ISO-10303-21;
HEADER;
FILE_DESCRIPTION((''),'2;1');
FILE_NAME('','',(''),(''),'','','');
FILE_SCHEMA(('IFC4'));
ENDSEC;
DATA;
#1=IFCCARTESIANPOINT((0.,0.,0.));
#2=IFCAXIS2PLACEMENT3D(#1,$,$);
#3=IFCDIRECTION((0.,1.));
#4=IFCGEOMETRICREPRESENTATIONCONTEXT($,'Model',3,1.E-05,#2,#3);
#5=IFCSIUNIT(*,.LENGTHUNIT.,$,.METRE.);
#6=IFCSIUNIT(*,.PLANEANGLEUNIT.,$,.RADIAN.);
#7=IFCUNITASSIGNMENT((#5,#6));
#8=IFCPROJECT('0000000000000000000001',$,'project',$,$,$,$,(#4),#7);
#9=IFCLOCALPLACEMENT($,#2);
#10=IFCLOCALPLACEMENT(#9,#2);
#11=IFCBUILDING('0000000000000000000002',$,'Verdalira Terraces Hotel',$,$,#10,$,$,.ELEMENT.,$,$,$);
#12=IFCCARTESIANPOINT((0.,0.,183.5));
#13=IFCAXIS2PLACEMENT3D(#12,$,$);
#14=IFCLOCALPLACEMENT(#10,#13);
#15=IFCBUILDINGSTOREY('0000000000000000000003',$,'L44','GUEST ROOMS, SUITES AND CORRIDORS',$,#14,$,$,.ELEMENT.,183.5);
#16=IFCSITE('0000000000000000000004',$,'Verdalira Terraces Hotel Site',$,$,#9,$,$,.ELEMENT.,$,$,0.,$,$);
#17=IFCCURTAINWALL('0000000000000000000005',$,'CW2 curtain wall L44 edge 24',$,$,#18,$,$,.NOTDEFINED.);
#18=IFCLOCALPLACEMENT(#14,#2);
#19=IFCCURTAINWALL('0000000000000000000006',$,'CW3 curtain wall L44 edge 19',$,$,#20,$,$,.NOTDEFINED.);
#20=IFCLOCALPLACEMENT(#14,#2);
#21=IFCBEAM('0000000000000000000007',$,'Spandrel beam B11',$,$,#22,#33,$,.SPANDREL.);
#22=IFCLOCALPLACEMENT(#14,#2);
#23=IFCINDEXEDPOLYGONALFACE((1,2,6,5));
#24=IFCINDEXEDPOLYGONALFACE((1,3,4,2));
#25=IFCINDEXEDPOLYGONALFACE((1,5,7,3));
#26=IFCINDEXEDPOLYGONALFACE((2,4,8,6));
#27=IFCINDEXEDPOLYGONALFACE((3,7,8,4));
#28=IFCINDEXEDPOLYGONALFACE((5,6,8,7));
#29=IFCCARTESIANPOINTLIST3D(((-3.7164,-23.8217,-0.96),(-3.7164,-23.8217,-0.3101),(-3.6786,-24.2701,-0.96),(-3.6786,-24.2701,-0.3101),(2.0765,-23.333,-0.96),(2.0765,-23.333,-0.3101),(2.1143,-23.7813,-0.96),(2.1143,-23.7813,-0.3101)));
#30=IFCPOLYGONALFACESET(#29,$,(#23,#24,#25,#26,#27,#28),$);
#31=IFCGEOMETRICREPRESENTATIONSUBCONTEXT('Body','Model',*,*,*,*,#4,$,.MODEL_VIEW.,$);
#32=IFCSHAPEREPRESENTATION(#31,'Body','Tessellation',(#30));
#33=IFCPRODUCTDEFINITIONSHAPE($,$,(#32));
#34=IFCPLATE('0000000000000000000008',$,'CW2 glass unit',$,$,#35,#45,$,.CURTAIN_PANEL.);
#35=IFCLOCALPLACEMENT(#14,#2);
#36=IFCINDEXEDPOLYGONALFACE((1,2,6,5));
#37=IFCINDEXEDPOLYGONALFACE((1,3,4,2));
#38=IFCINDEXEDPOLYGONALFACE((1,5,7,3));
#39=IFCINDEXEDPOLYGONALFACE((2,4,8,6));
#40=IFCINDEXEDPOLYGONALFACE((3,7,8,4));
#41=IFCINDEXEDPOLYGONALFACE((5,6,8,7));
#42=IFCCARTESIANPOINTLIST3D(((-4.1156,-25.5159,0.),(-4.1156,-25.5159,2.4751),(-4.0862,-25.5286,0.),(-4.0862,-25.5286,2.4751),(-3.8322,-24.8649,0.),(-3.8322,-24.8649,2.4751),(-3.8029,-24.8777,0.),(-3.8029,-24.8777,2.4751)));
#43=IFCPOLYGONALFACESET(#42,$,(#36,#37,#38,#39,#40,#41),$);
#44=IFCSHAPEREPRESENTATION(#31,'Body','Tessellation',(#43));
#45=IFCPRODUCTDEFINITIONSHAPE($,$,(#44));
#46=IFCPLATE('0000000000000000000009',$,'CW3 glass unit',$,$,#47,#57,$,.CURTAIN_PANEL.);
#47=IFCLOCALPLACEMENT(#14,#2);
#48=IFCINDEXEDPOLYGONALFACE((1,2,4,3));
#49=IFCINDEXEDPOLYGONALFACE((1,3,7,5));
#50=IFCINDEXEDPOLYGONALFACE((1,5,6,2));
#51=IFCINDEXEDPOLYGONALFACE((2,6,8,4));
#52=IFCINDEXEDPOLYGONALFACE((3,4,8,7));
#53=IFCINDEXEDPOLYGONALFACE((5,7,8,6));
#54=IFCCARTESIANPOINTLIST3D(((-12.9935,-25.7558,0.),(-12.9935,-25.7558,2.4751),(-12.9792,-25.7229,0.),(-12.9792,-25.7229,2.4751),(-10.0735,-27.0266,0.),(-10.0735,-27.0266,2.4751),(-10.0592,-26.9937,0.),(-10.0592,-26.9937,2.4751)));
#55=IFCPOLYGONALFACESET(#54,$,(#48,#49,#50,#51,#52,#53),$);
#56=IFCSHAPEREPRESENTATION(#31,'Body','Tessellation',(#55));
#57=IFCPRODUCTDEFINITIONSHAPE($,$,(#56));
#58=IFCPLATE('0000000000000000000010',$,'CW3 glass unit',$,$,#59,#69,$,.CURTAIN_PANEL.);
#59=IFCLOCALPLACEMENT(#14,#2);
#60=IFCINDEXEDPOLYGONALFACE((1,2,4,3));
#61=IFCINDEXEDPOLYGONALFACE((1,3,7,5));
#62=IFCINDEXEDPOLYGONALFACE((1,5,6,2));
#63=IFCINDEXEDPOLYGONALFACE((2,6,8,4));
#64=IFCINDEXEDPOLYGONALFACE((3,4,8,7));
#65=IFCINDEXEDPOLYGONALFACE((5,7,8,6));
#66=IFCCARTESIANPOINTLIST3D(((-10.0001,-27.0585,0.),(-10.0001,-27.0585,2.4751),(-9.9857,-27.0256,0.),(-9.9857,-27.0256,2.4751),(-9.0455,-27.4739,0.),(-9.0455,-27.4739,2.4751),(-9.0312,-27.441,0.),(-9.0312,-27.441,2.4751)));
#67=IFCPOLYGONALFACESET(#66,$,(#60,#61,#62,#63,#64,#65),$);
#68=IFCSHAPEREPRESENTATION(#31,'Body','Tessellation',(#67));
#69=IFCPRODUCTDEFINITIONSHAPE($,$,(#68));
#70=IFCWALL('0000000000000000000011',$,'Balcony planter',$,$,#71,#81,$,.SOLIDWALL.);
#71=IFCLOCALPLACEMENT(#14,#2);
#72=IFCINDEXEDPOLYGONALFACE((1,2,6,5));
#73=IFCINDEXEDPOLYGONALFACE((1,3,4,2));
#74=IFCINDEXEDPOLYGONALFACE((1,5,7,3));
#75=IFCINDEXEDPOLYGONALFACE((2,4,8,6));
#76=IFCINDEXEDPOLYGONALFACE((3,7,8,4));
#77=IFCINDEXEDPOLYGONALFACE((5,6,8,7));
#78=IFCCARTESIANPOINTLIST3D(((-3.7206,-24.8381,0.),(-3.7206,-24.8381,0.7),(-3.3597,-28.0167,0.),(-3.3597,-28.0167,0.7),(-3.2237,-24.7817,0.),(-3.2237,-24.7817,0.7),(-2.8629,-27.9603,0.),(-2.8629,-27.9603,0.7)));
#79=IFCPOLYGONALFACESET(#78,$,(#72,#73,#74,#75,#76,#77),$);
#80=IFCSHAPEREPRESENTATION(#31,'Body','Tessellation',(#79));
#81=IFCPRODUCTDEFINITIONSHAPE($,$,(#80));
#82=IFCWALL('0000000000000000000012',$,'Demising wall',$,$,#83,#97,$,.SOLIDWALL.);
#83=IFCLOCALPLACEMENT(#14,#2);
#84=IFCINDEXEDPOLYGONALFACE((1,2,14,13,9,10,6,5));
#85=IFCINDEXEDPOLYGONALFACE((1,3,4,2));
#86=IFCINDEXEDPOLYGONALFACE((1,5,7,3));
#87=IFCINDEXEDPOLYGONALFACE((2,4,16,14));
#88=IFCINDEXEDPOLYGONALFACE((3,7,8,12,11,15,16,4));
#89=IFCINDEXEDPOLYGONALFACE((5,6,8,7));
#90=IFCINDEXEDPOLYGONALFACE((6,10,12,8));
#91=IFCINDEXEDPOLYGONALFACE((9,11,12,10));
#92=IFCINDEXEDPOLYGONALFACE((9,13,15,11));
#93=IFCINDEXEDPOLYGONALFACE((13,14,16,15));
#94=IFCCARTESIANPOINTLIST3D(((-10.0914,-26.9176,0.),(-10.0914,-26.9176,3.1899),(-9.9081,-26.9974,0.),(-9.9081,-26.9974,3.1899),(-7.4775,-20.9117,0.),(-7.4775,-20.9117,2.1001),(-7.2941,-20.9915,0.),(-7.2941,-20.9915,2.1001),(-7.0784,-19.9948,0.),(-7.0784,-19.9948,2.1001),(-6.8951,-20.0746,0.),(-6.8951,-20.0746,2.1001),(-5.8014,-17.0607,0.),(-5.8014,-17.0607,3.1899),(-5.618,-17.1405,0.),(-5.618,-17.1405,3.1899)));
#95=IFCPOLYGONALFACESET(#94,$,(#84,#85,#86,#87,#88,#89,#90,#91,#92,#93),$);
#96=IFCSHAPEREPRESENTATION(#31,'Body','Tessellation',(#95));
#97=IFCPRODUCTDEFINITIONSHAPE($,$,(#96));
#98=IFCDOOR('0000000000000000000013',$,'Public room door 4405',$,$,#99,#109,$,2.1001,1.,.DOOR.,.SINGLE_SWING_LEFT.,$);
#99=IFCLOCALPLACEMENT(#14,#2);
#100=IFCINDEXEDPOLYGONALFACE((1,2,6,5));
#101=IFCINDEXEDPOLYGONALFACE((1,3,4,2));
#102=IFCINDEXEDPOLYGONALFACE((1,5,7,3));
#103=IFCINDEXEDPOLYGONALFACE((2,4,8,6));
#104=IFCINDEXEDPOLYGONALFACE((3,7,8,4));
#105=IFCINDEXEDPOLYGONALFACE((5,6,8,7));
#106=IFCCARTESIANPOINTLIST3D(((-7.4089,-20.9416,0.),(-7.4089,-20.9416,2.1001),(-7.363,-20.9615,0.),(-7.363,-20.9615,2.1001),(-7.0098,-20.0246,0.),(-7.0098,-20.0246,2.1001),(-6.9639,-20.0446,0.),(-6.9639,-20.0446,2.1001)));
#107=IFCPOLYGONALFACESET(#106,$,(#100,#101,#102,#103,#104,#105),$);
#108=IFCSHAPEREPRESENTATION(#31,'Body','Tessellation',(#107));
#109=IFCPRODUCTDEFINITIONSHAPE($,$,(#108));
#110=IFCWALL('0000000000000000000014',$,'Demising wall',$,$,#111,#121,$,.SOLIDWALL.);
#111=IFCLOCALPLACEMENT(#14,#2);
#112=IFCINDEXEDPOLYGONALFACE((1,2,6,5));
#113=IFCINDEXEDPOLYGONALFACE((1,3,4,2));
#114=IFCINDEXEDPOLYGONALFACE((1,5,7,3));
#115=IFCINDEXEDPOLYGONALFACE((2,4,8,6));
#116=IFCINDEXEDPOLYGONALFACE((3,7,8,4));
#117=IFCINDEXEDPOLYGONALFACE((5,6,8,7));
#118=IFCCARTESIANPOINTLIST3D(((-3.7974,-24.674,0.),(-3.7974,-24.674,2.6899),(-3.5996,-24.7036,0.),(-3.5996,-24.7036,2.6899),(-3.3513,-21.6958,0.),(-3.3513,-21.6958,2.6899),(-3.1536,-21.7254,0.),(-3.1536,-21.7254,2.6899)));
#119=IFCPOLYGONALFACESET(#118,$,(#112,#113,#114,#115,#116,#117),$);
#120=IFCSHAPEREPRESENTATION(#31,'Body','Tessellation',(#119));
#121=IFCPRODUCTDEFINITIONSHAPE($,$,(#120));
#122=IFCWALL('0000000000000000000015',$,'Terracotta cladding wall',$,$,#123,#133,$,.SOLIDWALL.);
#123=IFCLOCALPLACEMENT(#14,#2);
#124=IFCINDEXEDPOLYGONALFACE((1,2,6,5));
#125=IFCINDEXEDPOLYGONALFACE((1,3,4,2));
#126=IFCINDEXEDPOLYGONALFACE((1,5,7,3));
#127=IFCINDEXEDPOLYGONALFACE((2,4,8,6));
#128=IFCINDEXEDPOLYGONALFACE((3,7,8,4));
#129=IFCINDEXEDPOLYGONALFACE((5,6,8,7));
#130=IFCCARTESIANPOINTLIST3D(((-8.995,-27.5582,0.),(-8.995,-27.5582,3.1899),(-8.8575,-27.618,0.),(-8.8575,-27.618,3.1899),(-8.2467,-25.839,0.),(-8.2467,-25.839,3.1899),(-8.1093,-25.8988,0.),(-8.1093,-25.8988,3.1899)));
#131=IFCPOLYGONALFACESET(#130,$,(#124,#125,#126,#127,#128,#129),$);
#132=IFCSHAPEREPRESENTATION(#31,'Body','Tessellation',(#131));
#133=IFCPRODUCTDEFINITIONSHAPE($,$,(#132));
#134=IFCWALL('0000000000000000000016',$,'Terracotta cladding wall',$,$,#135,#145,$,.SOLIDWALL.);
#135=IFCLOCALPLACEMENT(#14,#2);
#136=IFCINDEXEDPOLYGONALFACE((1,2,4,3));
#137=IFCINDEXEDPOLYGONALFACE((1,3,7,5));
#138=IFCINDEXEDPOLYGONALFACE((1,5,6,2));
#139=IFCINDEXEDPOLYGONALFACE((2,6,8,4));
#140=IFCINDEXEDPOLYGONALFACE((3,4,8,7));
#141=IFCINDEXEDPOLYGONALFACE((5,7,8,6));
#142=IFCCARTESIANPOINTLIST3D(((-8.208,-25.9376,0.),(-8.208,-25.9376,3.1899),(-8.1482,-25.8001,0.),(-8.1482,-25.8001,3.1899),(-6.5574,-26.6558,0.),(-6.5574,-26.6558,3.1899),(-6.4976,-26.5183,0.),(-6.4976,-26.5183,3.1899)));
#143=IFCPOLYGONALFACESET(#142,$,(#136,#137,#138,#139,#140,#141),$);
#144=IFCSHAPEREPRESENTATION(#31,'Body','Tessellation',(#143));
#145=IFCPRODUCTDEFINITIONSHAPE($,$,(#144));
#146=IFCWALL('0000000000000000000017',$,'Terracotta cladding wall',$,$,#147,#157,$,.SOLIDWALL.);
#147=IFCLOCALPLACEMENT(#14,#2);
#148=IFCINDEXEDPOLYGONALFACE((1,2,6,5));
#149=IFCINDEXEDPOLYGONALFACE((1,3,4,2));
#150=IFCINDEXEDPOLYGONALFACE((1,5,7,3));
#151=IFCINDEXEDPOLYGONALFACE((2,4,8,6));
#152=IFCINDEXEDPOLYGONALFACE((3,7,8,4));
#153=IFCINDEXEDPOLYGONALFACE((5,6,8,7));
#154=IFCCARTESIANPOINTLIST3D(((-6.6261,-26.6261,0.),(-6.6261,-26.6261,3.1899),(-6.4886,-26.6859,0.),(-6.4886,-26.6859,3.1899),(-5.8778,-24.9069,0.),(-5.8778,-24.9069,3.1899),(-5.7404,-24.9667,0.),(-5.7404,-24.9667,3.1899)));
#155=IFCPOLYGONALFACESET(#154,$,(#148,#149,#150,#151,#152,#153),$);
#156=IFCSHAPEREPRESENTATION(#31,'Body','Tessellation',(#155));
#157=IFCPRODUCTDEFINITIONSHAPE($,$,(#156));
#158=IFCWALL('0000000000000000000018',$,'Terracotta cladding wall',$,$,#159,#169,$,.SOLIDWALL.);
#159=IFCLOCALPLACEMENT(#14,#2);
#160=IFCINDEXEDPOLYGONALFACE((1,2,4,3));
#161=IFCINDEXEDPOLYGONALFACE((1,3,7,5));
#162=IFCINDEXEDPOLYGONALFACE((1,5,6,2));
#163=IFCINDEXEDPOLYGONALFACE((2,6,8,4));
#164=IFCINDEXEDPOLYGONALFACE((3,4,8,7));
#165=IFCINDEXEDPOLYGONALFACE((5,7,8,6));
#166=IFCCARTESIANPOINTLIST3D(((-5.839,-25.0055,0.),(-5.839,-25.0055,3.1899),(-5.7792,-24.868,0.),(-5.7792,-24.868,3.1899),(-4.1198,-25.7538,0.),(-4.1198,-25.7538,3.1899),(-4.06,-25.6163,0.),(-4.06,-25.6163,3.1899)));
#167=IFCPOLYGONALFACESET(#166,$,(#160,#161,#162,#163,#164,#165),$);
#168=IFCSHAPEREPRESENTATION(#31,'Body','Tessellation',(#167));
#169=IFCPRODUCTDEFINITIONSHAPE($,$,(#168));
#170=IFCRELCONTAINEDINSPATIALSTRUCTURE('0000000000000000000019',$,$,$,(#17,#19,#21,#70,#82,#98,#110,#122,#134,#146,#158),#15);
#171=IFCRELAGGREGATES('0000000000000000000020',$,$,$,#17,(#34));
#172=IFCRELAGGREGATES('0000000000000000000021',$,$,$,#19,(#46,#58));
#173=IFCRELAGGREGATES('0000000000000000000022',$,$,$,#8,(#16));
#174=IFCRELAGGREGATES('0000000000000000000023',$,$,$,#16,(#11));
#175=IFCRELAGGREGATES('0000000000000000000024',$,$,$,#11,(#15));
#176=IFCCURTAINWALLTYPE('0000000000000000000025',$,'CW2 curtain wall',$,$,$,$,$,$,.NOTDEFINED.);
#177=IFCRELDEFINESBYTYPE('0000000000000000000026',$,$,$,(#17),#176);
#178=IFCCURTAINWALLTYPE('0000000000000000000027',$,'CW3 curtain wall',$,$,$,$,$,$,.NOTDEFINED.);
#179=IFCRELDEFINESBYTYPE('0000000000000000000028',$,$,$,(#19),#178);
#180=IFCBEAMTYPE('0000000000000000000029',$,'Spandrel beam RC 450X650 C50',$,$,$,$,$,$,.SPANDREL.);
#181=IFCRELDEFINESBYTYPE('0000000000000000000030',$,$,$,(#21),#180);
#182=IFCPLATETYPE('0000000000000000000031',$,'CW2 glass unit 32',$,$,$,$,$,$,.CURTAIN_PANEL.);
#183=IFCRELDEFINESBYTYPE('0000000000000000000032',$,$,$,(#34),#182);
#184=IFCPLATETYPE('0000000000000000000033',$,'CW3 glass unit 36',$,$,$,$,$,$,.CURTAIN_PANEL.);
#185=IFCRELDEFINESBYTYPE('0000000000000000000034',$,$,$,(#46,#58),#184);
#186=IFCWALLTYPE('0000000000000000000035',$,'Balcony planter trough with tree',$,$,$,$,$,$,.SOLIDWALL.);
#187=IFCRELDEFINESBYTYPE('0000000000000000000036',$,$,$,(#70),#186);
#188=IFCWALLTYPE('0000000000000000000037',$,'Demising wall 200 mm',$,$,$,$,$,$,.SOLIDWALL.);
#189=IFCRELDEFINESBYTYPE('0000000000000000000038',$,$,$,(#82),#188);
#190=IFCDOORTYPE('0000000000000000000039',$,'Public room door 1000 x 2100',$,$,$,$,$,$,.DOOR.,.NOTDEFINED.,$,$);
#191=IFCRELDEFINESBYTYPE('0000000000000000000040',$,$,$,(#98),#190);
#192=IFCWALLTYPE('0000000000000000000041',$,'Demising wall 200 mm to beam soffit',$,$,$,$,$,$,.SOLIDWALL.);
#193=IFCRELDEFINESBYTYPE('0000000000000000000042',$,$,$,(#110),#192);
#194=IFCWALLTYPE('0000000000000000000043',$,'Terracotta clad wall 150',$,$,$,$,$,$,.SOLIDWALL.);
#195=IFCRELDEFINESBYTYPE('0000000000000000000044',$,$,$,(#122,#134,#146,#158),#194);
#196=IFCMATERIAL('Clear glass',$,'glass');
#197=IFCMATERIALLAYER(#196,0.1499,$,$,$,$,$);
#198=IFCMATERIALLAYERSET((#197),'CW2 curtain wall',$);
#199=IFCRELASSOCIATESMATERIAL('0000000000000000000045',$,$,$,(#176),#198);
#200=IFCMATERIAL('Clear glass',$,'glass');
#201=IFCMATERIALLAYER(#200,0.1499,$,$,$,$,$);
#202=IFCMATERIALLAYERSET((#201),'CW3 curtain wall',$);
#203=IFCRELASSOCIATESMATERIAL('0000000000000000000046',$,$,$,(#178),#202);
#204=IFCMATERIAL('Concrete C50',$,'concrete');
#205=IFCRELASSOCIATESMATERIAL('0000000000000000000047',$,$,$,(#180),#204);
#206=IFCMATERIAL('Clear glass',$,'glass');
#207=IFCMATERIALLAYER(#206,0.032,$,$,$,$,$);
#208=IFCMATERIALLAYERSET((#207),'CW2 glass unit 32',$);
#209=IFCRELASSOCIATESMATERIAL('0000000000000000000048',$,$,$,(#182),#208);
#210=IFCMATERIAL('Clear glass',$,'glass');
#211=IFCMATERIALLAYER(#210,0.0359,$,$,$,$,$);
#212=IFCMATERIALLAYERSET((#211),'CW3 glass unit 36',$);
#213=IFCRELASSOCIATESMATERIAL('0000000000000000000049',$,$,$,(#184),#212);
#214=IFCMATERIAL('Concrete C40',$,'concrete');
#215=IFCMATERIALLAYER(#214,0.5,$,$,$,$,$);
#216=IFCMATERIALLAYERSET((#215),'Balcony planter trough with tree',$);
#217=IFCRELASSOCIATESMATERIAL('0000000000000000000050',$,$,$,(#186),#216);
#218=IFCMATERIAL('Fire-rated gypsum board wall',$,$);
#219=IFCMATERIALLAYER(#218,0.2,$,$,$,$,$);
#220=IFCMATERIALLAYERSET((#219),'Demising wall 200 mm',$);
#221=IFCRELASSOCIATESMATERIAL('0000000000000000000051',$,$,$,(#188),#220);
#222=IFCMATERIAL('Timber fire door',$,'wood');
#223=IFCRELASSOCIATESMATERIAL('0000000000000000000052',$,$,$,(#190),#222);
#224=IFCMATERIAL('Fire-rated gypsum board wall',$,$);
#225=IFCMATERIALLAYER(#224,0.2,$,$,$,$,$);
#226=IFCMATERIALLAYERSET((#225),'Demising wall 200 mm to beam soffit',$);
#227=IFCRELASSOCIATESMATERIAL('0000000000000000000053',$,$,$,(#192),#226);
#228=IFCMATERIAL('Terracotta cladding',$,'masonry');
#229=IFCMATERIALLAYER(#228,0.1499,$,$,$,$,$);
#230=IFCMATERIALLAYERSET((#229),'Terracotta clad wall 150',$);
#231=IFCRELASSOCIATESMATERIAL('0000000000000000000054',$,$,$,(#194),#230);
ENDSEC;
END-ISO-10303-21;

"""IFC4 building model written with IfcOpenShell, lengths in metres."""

from ifc_helpers import new_model, si_unit, direction, frame, frame_2d, origin, origin_2d, place, context, subcontext, project, spatial, rectangle, extrude, material, layer, layer_set, material_profile, profile_set, type_object, element, fill, aggregate, save


model = new_model("IFC4")

# Units and contexts
model_context = context("Model", 3, precision=1e-05, world=origin(), true_north=direction((0.0, 1.0)))
body_context = subcontext(model_context, "Body", "Model", "MODEL_VIEW")
ifc_project = project(units=[si_unit("LENGTHUNIT", "METRE"), si_unit("PLANEANGLEUNIT", "RADIAN")], contexts=[model_context])

# Site, building, storey
site_placement = place(None, origin())
site = spatial("IfcSite", under=ifc_project, at=site_placement, Name="Verdalira Terraces Hotel Site", CompositionType="ELEMENT", RefElevation=0.0)
building_placement = place(site_placement, origin())
building = spatial("IfcBuilding", under=site, at=building_placement, Name="Verdalira Terraces Hotel", CompositionType="ELEMENT")
storey_placement = place(building_placement, frame((0.0, 0.0, 183.5)))
storey = spatial("IfcBuildingStorey", under=building, at=storey_placement, Name="L44", Description="GUEST ROOMS, SUITES AND CORRIDORS", CompositionType="ELEMENT", Elevation=183.5)

# Curtain walls
ifc_material_1 = material(Name="Clear glass", Category="glass")
ifc_layer_1 = layer(ifc_material_1, 0.1499)
ifc_layer_set_1 = layer_set([ifc_layer_1], Name="CW2 curtain wall")
curtain_wall_type_1 = type_object("IfcCurtainWallType", Name="CW2 curtain wall", PredefinedType="NOTDEFINED", material=ifc_layer_set_1)
curtain_wall_1_placement = place(storey_placement, origin())
curtain_wall_1 = element("IfcCurtainWall", 1, at=curtain_wall_1_placement, inside=storey, type_object=curtain_wall_type_1, Name="CW2 curtain wall L44 edge 24", PredefinedType="NOTDEFINED")
ifc_material_2 = material(Name="Clear glass", Category="glass")
ifc_layer_2 = layer(ifc_material_2, 0.1499)
ifc_layer_set_2 = layer_set([ifc_layer_2], Name="CW3 curtain wall")
curtain_wall_type_2 = type_object("IfcCurtainWallType", Name="CW3 curtain wall", PredefinedType="NOTDEFINED", material=ifc_layer_set_2)
curtain_wall_2_placement = place(storey_placement, origin())
curtain_wall_2 = element("IfcCurtainWall", 2, at=curtain_wall_2_placement, inside=storey, type_object=curtain_wall_type_2, Name="CW3 curtain wall L44 edge 19", PredefinedType="NOTDEFINED")

# Beam
ifc_material_3 = material(Name="Concrete C50", Category="concrete")
ifc_material_profile_1 = material_profile(ifc_material_3, rectangle(XDim=0.45, YDim=0.6499, at=origin_2d()), Name="RC 450X650")
ifc_profile_set_1 = profile_set([ifc_material_profile_1], Name="Concrete C50")
beam_type_1 = type_object("IfcBeamType", Name="Spandrel beam RC 450X650 C50", PredefinedType="SPANDREL", material=ifc_profile_set_1)
beam_1_placement = place(storey_placement, frame((-3.6975, -24.0459, -0.635), z_axis=(0.996459, 0.084074, 0.0), x_axis=(-0.084074, 0.996459, 0.0)))
element("IfcBeam", 3, at=beam_1_placement, inside=storey, type_object=beam_type_1, Name="Spandrel beam B11", PredefinedType="SPANDREL", context=body_context, shape_type="SweptSolid", body=[
    extrude(rectangle(XDim=0.45, YDim=0.6499, at=origin_2d()), origin(), (0.0, 0.0, 1.0), 5.8135),
])

# Plates
ifc_material_4 = material(Name="Clear glass", Category="glass")
ifc_layer_3 = layer(ifc_material_4, 0.032)
ifc_layer_set_3 = layer_set([ifc_layer_3], Name="CW2 glass unit 32")
plate_type_1 = type_object("IfcPlateType", Name="CW2 glass unit 32", PredefinedType="CURTAIN_PANEL", material=ifc_layer_set_3)
plate_1_placement = place(storey_placement, frame((-3.9592, -25.1968, 0.0), z_axis=(0.0, 0.0, 1.0), x_axis=(0.399069, 0.916921, 0.0)))
plate_1 = element("IfcPlate", 4, at=plate_1_placement, type_object=plate_type_1, Name="CW2 glass unit", PredefinedType="CURTAIN_PANEL", context=body_context, shape_type="SweptSolid", body=[
    extrude(rectangle(XDim=0.71, YDim=0.032, at=origin_2d()), origin(), (0.0, 0.0, 1.0), 2.4751),
])
aggregate(curtain_wall_1, [plate_1])
ifc_material_5 = material(Name="Clear glass", Category="glass")
ifc_layer_4 = layer(ifc_material_5, 0.0359)
ifc_layer_set_4 = layer_set([ifc_layer_4], Name="CW3 glass unit 36")
plate_type_2 = type_object("IfcPlateType", Name="CW3 glass unit 36", PredefinedType="CURTAIN_PANEL", material=ifc_layer_set_4)
plate_2_placement = place(storey_placement, frame((-11.5264, -26.3748, 0.0), z_axis=(0.0, 0.0, 1.0), x_axis=(0.916921, -0.399069, 0.0)))
plate_2 = element("IfcPlate", 5, at=plate_2_placement, type_object=plate_type_2, Name="CW3 glass unit", PredefinedType="CURTAIN_PANEL", context=body_context, shape_type="SweptSolid", body=[
    extrude(rectangle(XDim=3.1846, YDim=0.0359, at=origin_2d()), origin(), (0.0, 0.0, 1.0), 2.4751),
])
plate_3_placement = place(storey_placement, frame((-9.5156, -27.2498, 0.0), z_axis=(0.0, 0.0, 1.0), x_axis=(0.916921, -0.399069, 0.0)))
plate_3 = element("IfcPlate", 6, at=plate_3_placement, type_object=plate_type_2, Name="CW3 glass unit", PredefinedType="CURTAIN_PANEL", context=body_context, shape_type="SweptSolid", body=[
    extrude(rectangle(XDim=1.041, YDim=0.0359, at=origin_2d()), origin(), (0.0, 0.0, 1.0), 2.4751),
])
aggregate(curtain_wall_2, [plate_2, plate_3])

# Wall
ifc_material_6 = material(Name="Concrete C40", Category="concrete")
ifc_layer_5 = layer(ifc_material_6, 0.5)
ifc_layer_set_5 = layer_set([ifc_layer_5], Name="Balcony planter trough with tree")
wall_type_1 = type_object("IfcWallType", Name="Balcony planter trough with tree", PredefinedType="SOLIDWALL", material=ifc_layer_set_5)
wall_1_placement = place(storey_placement, frame((-3.4722, -24.8098, 0.0), z_axis=(0.0, 0.0, 1.0), x_axis=(0.112802, -0.993618, 0.0)))
element("IfcWall", 7, at=wall_1_placement, inside=storey, type_object=wall_type_1, Name="Balcony planter", PredefinedType="SOLIDWALL", context=body_context, shape_type="SweptSolid", body=[
    extrude(rectangle(XDim=3.199, YDim=0.5, at=frame_2d((1.5996, 0.0))), origin(), (0.0, 0.0, 1.0), 0.7),
])

# Wall, opening, door
ifc_material_7 = material(Name="Fire-rated gypsum board wall")
ifc_layer_6 = layer(ifc_material_7, 0.2)
ifc_layer_set_6 = layer_set([ifc_layer_6], Name="Demising wall 200 mm")
wall_type_2 = type_object("IfcWallType", Name="Demising wall 200 mm", PredefinedType="SOLIDWALL", material=ifc_layer_set_6)
wall_2_placement = place(storey_placement, frame((-5.7097, -17.1006, 0.0), z_axis=(0.0, 0.0, 1.0), x_axis=(-0.399072, -0.91692, 0.0)))
wall_2 = element("IfcWall", 8, at=wall_2_placement, inside=storey, type_object=wall_type_2, Name="Demising wall", PredefinedType="SOLIDWALL", context=body_context, shape_type="SweptSolid", body=[
    extrude(rectangle(XDim=10.75, YDim=0.2, at=frame_2d((5.375, 0.0))), origin(), (0.0, 0.0, 1.0), 3.1899),
])
opening_placement = place(wall_2_placement, frame((3.2, 0.0, 0.0)))
opening = element("IfcOpeningElement", 9, at=opening_placement, cuts=wall_2, PredefinedType="OPENING", context=body_context, shape_type="SweptSolid", body=[
    extrude(rectangle(XDim=1.0, YDim=2.1001, at=frame_2d((0.5, 1.05))), frame((0.0, 0.1099, 0.0), z_axis=(0.0, -1.0, 0.0), x_axis=(1.0, 0.0, 0.0)), (0.0, 0.0, 1.0), 0.22),
])
ifc_material_8 = material(Name="Timber fire door", Category="wood")
door_type = type_object("IfcDoorType", Name="Public room door 1000 x 2100", OperationType="NOTDEFINED", PredefinedType="DOOR", material=ifc_material_8)
door_placement = place(opening_placement, origin())
door = element("IfcDoor", 10, at=door_placement, inside=storey, type_object=door_type, Name="Public room door 4405", OperationType="SINGLE_SWING_LEFT", OverallHeight=2.1001, OverallWidth=1.0, PredefinedType="DOOR", context=body_context, shape_type="SweptSolid", body=[
    extrude(rectangle(XDim=1.0, YDim=2.1001, at=frame_2d((0.5, 1.05))), frame((0.0, 0.0249, 0.0), z_axis=(0.0, -1.0, 0.0), x_axis=(1.0, 0.0, 0.0)), (0.0, 0.0, 1.0), 0.05),
])
fill(opening, door)

# Walls
ifc_material_9 = material(Name="Fire-rated gypsum board wall")
ifc_layer_7 = layer(ifc_material_9, 0.2)
ifc_layer_set_7 = layer_set([ifc_layer_7], Name="Demising wall 200 mm to beam soffit")
wall_type_3 = type_object("IfcWallType", Name="Demising wall 200 mm to beam soffit", PredefinedType="SOLIDWALL", material=ifc_layer_set_7)
wall_3_placement = place(storey_placement, frame((-3.2524, -21.7104, 0.0), z_axis=(0.0, 0.0, 1.0), x_axis=(-0.148114, -0.98897, 0.0)))
element("IfcWall", 11, at=wall_3_placement, inside=storey, type_object=wall_type_3, Name="Demising wall", PredefinedType="SOLIDWALL", context=body_context, shape_type="SweptSolid", body=[
    extrude(rectangle(XDim=3.0115, YDim=0.2, at=frame_2d((1.5059, 0.0))), origin(), (0.0, 0.0, 1.0), 2.6899),
])
ifc_material_10 = material(Name="Terracotta cladding", Category="masonry")
ifc_layer_8 = layer(ifc_material_10, 0.1499)
ifc_layer_set_8 = layer_set([ifc_layer_8], Name="Terracotta clad wall 150")
wall_type_4 = type_object("IfcWallType", Name="Terracotta clad wall 150", PredefinedType="SOLIDWALL", material=ifc_layer_set_8)
wall_4_placement = place(storey_placement, frame((-8.9263, -27.5881, 0.0), z_axis=(0.0, 0.0, 1.0), x_axis=(0.399083, 0.916915, 0.0)))
element("IfcWall", 12, at=wall_4_placement, inside=storey, type_object=wall_type_4, Name="Terracotta cladding wall", PredefinedType="SOLIDWALL", context=body_context, shape_type="SweptSolid", body=[
    extrude(rectangle(XDim=1.875, YDim=0.1499, at=frame_2d((0.9375, 0.0))), origin(), (0.0, 0.0, 1.0), 3.1899),
])
wall_5_placement = place(storey_placement, frame((-8.178, -25.8689, 0.0), z_axis=(0.0, 0.0, 1.0), x_axis=(0.916949, -0.399004, 0.0)))
element("IfcWall", 13, at=wall_5_placement, inside=storey, type_object=wall_type_4, Name="Terracotta cladding wall", PredefinedType="SOLIDWALL", context=body_context, shape_type="SweptSolid", body=[
    extrude(rectangle(XDim=1.8, YDim=0.1499, at=frame_2d((0.8999, 0.0))), origin(), (0.0, 0.0, 1.0), 3.1899),
])
for number, where, z_axis, x_axis, name in (
    (14, (-6.5574, -26.656, 0.0), (0.0, 0.0, 1.0), (0.399083, 0.916915, 0.0), "Terracotta cladding wall"),
    (15, (-5.8091, -24.9368, 0.0), (0.0, 0.0, 1.0), (0.916915, -0.399083, 0.0), "Terracotta cladding wall"),
):
    element("IfcWall", number, at=place(storey_placement, frame(where, z_axis=z_axis, x_axis=x_axis)), inside=storey, type_object=wall_type_4, Name=name, PredefinedType="SOLIDWALL", context=body_context, shape_type="SweptSolid", body=[
        extrude(rectangle(XDim=1.875, YDim=0.1499, at=frame_2d((0.9375, 0.0))), origin(), (0.0, 0.0, 1.0), 3.1899),
    ])

save(model, "model.ifc")
